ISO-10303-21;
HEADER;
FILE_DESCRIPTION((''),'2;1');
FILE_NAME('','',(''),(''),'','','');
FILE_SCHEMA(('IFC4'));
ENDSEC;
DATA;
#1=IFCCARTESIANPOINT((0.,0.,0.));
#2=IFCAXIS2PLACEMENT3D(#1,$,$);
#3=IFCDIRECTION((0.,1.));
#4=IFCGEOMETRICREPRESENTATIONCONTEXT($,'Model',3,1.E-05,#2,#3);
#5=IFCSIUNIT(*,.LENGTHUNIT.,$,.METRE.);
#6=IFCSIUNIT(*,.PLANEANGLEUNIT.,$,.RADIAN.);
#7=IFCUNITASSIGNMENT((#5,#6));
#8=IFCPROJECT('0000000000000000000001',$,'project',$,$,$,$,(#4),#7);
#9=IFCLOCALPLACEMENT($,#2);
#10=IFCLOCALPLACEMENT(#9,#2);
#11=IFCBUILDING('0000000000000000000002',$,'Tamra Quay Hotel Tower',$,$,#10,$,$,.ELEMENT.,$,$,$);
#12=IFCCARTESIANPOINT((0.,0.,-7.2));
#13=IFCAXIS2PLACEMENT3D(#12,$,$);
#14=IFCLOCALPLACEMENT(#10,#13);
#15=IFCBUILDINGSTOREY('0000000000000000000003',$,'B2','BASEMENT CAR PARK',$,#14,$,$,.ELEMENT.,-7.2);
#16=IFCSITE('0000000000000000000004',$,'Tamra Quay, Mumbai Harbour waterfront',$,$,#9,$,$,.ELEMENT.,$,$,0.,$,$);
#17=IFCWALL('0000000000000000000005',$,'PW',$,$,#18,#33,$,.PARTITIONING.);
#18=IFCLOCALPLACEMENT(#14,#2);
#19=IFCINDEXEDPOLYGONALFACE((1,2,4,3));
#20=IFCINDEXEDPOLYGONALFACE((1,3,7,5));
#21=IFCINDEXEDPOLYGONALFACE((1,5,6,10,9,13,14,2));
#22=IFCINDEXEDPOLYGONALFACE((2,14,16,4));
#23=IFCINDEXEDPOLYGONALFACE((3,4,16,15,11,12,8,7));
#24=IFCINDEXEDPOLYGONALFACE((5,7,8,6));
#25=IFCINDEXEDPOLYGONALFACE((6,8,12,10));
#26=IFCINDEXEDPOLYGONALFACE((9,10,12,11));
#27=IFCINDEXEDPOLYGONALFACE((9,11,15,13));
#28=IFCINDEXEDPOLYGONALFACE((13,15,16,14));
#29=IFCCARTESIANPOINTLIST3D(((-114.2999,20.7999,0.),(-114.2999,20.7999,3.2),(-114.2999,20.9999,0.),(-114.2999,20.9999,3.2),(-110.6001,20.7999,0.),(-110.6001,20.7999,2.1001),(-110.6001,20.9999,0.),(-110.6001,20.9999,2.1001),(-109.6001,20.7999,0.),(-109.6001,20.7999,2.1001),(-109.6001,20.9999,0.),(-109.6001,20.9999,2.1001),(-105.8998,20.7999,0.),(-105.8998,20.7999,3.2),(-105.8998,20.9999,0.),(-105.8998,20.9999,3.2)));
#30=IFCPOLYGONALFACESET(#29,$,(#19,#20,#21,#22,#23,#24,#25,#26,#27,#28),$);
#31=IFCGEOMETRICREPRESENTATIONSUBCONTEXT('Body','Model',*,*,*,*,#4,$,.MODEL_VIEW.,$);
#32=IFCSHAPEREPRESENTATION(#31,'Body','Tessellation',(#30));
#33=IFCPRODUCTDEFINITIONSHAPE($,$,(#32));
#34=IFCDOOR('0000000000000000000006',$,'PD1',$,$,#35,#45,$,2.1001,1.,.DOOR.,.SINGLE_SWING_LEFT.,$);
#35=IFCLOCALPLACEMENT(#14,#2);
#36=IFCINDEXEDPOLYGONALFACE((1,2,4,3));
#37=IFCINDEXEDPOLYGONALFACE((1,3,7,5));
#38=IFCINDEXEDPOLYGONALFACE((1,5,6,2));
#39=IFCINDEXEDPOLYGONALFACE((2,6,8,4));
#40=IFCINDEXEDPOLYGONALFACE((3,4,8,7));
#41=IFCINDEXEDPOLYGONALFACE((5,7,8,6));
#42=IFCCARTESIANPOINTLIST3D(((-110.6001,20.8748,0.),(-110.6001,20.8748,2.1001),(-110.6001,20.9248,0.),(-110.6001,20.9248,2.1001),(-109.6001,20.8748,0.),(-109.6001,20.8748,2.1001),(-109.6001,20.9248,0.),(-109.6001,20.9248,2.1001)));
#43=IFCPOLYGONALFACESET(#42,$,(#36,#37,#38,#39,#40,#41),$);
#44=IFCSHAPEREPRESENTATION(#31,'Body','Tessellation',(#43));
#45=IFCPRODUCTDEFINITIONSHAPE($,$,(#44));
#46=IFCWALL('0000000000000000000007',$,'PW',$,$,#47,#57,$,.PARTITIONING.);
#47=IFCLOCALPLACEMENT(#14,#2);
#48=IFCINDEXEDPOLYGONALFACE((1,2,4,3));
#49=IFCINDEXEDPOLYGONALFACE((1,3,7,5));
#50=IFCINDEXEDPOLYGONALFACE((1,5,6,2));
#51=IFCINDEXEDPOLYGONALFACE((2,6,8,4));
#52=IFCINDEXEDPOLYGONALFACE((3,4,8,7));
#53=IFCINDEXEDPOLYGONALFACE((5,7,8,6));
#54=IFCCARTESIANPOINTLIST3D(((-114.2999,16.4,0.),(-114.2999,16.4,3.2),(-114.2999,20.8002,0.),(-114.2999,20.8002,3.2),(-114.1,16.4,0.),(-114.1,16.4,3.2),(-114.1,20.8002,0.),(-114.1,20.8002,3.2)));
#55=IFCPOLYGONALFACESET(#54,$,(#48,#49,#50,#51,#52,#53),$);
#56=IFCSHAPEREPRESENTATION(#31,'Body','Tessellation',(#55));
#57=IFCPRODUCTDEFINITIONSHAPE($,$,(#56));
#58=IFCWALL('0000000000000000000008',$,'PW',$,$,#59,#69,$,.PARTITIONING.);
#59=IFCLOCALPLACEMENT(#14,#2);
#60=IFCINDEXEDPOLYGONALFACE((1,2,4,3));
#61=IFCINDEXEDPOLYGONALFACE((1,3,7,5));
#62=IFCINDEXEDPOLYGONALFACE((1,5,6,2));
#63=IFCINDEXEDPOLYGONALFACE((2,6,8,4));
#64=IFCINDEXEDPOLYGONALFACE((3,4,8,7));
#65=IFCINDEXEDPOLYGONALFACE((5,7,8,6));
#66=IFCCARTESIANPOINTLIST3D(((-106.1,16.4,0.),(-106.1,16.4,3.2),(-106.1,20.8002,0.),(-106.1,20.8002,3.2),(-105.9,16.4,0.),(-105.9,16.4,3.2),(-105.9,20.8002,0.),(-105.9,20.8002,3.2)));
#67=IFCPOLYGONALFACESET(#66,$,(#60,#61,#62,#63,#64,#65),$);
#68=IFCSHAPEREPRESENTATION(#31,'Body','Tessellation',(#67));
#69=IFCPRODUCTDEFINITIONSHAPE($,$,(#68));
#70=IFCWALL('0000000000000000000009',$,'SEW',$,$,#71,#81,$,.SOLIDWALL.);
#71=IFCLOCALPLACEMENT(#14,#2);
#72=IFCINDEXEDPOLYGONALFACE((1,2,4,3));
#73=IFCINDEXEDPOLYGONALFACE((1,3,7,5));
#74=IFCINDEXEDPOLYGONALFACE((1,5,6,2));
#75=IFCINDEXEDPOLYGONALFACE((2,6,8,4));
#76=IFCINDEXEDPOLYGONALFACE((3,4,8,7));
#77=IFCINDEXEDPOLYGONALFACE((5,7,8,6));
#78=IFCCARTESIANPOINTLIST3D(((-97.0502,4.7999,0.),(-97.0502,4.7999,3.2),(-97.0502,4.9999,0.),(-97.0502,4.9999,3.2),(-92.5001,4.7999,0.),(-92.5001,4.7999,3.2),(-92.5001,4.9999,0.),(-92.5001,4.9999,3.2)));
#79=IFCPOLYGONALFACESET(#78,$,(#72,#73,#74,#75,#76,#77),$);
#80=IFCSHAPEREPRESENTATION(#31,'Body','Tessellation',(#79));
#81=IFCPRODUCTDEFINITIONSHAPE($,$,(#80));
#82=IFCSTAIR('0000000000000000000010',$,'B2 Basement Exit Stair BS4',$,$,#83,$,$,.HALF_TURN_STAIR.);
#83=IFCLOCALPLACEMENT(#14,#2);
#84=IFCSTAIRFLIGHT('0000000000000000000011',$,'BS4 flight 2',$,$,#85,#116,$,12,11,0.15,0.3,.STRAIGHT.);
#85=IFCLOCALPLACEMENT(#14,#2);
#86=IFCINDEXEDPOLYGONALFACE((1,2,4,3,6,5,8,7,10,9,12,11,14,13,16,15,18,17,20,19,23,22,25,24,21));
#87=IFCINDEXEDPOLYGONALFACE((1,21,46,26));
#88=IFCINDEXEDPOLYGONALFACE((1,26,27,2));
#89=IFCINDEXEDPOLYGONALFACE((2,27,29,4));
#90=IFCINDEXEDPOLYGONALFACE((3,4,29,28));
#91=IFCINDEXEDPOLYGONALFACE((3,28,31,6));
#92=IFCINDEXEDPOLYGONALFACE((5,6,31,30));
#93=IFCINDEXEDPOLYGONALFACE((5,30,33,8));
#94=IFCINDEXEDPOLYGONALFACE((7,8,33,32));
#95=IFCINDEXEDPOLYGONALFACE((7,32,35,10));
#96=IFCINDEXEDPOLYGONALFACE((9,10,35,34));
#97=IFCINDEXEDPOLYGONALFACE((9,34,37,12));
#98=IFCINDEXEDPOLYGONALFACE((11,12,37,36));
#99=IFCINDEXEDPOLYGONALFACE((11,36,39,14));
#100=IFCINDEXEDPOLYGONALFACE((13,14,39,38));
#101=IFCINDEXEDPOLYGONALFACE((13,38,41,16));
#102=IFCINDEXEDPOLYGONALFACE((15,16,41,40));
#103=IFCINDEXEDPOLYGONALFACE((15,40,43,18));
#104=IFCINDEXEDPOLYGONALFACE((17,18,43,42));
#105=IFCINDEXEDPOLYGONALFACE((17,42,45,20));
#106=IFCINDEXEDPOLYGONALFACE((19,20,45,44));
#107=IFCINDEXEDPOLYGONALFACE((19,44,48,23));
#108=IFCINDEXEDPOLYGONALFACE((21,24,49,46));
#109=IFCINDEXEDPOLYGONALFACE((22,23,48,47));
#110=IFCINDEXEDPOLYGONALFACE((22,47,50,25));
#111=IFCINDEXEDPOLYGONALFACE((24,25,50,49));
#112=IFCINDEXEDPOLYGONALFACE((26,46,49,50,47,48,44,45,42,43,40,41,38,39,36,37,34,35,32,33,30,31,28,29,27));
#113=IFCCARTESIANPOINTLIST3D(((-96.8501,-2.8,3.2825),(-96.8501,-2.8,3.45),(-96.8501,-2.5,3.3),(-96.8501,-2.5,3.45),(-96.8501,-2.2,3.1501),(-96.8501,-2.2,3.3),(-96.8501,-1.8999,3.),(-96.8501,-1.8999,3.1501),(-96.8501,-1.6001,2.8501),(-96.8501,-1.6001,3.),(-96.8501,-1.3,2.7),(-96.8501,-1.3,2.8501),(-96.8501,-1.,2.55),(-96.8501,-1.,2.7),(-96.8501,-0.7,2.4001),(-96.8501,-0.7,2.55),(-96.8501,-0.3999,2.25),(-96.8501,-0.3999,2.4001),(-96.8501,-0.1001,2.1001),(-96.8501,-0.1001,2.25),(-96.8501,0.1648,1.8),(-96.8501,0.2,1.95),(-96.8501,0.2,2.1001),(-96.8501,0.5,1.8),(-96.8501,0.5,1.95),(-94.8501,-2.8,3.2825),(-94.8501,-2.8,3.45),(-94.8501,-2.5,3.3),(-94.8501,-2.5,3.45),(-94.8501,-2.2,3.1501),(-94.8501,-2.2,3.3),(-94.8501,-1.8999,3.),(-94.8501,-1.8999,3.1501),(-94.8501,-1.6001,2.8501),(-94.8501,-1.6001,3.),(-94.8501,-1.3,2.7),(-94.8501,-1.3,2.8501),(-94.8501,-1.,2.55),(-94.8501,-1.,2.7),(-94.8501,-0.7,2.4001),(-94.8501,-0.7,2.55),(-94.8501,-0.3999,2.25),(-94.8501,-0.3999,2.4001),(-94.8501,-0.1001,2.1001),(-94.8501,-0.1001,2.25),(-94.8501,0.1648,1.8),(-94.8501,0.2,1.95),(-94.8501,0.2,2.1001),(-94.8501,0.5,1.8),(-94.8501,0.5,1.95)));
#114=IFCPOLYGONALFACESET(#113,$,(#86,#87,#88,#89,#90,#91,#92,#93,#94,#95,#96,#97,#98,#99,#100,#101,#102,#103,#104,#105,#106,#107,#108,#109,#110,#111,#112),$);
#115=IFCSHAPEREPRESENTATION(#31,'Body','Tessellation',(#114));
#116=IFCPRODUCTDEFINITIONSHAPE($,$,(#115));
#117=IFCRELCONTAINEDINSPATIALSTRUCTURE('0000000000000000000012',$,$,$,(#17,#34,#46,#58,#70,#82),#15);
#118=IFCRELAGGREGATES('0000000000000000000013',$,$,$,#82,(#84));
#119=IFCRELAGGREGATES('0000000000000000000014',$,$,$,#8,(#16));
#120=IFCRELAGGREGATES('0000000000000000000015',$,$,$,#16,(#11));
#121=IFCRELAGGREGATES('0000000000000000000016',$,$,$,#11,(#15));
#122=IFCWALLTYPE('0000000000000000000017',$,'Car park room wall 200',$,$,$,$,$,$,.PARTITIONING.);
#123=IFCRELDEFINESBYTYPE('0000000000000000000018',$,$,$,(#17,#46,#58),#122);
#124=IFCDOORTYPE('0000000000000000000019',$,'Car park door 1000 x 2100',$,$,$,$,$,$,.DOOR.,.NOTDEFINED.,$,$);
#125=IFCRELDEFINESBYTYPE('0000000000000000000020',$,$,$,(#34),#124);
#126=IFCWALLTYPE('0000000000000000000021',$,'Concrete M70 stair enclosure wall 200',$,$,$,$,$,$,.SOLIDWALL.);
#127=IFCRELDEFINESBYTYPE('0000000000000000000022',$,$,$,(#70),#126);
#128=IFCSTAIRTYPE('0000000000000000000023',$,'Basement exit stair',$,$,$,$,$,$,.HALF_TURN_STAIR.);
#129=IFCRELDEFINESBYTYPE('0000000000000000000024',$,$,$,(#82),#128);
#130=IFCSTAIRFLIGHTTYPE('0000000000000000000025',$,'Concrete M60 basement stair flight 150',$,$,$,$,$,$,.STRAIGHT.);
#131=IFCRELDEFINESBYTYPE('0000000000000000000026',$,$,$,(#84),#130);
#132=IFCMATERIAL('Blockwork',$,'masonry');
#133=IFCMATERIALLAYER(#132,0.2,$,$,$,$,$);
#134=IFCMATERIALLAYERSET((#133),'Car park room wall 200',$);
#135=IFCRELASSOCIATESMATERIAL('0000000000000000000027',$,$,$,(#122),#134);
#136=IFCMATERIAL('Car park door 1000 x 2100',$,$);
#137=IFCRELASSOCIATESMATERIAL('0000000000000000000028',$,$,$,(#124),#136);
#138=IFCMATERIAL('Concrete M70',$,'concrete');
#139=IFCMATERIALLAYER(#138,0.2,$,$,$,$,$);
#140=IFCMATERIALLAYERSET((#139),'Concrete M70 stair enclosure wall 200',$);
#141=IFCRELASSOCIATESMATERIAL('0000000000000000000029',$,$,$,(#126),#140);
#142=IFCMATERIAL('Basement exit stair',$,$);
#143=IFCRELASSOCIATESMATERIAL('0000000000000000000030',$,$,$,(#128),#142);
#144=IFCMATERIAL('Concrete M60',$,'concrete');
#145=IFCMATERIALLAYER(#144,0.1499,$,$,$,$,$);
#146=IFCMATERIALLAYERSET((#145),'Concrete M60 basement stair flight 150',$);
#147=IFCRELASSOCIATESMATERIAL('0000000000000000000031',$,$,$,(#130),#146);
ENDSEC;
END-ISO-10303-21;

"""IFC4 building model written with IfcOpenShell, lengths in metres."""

from ifc_helpers import new_model, si_unit, direction, frame, frame_2d, origin, place, context, subcontext, project, spatial, polyline, rectangle, outline, extrude, material, layer, layer_set, type_object, element, fill, aggregate, save


model = new_model("IFC4")

# Units and contexts
model_context = context("Model", 3, precision=1e-05, world=origin(), true_north=direction((0.0, 1.0)))
body_context = subcontext(model_context, "Body", "Model", "MODEL_VIEW")
ifc_project = project(units=[si_unit("LENGTHUNIT", "METRE"), si_unit("PLANEANGLEUNIT", "RADIAN")], contexts=[model_context])

# Site, building, storey
site_placement = place(None, origin())
site = spatial("IfcSite", under=ifc_project, at=site_placement, Name="Tamra Quay, Mumbai Harbour waterfront", CompositionType="ELEMENT", RefElevation=0.0)
building_placement = place(site_placement, origin())
building = spatial("IfcBuilding", under=site, at=building_placement, Name="Tamra Quay Hotel Tower", CompositionType="ELEMENT")
storey_placement = place(building_placement, frame((0.0, 0.0, -7.2)))
storey = spatial("IfcBuildingStorey", under=building, at=storey_placement, Name="B2", Description="BASEMENT CAR PARK", CompositionType="ELEMENT", Elevation=-7.2)

# Shared definitions
ifc_material_1 = material(Name="Concrete M70", Category="concrete")

# Shared definitions
ifc_material_2 = material(Name="Blockwork", Category="masonry")
ifc_layer_1 = layer(ifc_material_2, 0.2)
ifc_layer_set_1 = layer_set([ifc_layer_1], Name="Car park room wall 200")
wall_type_1 = type_object("IfcWallType", Name="Car park room wall 200", PredefinedType="PARTITIONING", material=ifc_layer_set_1)

# Wall, opening, door
wall_1_placement = place(storey_placement, frame((-114.3, 20.8999, 0.0), z_axis=(0.0, 0.0, 1.0), x_axis=(1.0, 0.0, 0.0)))
wall_1 = element("IfcWall", 1, at=wall_1_placement, inside=storey, type_object=wall_type_1, Name="PW", PredefinedType="PARTITIONING", context=body_context, shape_type="SweptSolid", body=[
    extrude(rectangle(XDim=8.4001, YDim=0.2, at=frame_2d((4.2002, 0.0))), origin(), (0.0, 0.0, 1.0), 3.2),
])
opening_placement = place(wall_1_placement, frame((3.7, 0.0, 0.0)))
opening = element("IfcOpeningElement", 2, at=opening_placement, cuts=wall_1, PredefinedType="OPENING", context=body_context, shape_type="SweptSolid", body=[
    extrude(rectangle(XDim=1.0, YDim=2.1001, at=frame_2d((0.5, 1.05))), frame((0.0, 0.1099, 0.0), z_axis=(0.0, -1.0, 0.0), x_axis=(1.0, 0.0, 0.0)), (0.0, 0.0, 1.0), 0.22),
])
ifc_material_3 = material(Name="Car park door 1000 x 2100")
door_type = type_object("IfcDoorType", Name="Car park door 1000 x 2100", OperationType="NOTDEFINED", PredefinedType="DOOR", material=ifc_material_3)
door_placement = place(opening_placement, origin())
door = element("IfcDoor", 3, at=door_placement, inside=storey, type_object=door_type, Name="PD1", OperationType="SINGLE_SWING_LEFT", OverallHeight=2.1001, OverallWidth=1.0, PredefinedType="DOOR", context=body_context, shape_type="SweptSolid", body=[
    extrude(rectangle(XDim=1.0, YDim=2.1001, at=frame_2d((0.5, 1.05))), frame((0.0, 0.0249, 0.0), z_axis=(0.0, -1.0, 0.0), x_axis=(1.0, 0.0, 0.0)), (0.0, 0.0, 1.0), 0.05),
])
fill(opening, door)

# Walls
for number, where, z_axis, x_axis, name in (
    (4, (-114.2, 16.3999, 0.0), (0.0, 0.0, 1.0), (0.0, 1.0, 0.0), "PW"),
    (5, (-106.0, 16.3999, 0.0), (0.0, 0.0, 1.0), (0.0, 1.0, 0.0), "PW"),
):
    element("IfcWall", number, at=place(storey_placement, frame(where, z_axis=z_axis, x_axis=x_axis)), inside=storey, type_object=wall_type_1, Name=name, PredefinedType="PARTITIONING", context=body_context, shape_type="SweptSolid", body=[
        extrude(rectangle(XDim=4.4001, YDim=0.2, at=frame_2d((2.2002, 0.0))), origin(), (0.0, 0.0, 1.0), 3.2),
    ])
ifc_layer_2 = layer(ifc_material_1, 0.2)
ifc_layer_set_2 = layer_set([ifc_layer_2], Name="Concrete M70 stair enclosure wall 200")
wall_type_2 = type_object("IfcWallType", Name="Concrete M70 stair enclosure wall 200", PredefinedType="SOLIDWALL", material=ifc_layer_set_2)
wall_2_placement = place(storey_placement, frame((-97.05, 4.8999, 0.0), z_axis=(0.0, 0.0, 1.0), x_axis=(1.0, 0.0, 0.0)))
element("IfcWall", 6, at=wall_2_placement, inside=storey, type_object=wall_type_2, Name="SEW", PredefinedType="SOLIDWALL", context=body_context, shape_type="SweptSolid", body=[
    extrude(rectangle(XDim=4.55, YDim=0.2, at=frame_2d((2.2749, 0.0))), origin(), (0.0, 0.0, 1.0), 3.2),
])

# Stair, stair flight
ifc_material_4 = material(Name="Basement exit stair")
stair_type = type_object("IfcStairType", Name="Basement exit stair", PredefinedType="HALF_TURN_STAIR", material=ifc_material_4)
stair_placement = place(storey_placement, origin())
stair = element("IfcStair", 7, at=stair_placement, inside=storey, type_object=stair_type, Name="B2 Basement Exit Stair BS4", PredefinedType="HALF_TURN_STAIR")
ifc_material_5 = material(Name="Concrete M60", Category="concrete")
ifc_layer_3 = layer(ifc_material_5, 0.1499)
ifc_layer_set_3 = layer_set([ifc_layer_3], Name="Concrete M60 basement stair flight 150")
stair_flight_type = type_object("IfcStairFlightType", Name="Concrete M60 basement stair flight 150", PredefinedType="STRAIGHT", material=ifc_layer_set_3)
stair_flight_placement = place(storey_placement, frame((-95.8501, 0.5, 1.8), z_axis=(0.0, 0.0, 1.0), x_axis=(0.0, -1.0, 0.0)))
stair_flight = element("IfcStairFlight", 8, at=stair_flight_placement, type_object=stair_flight_type, Name="BS4 flight 2", NumberOfRisers=12, NumberOfTreads=11, PredefinedType="STRAIGHT", RiserHeight=0.15, TreadLength=0.3, context=body_context, shape_type="SweptSolid", body=[
    extrude(outline(polyline([(0.0, 0.0), (0.0, 0.1499), (0.3, 0.1499), (0.3, 0.3), (0.6001, 0.3), (0.6001, 0.45), (0.8999, 0.45), (0.8999, 0.6001), (1.2, 0.6001), (1.2, 0.75), (1.5, 0.75), (1.5, 0.8999), (1.8, 0.8999), (1.8, 1.05), (2.1001, 1.05), (2.1001, 1.2), (2.3999, 1.2), (2.3999, 1.3501), (2.7, 1.3501), (2.7, 1.5), (3.0, 1.5), (3.0, 1.6499), (3.3, 1.6499), (3.3, 1.8), (3.3, 1.4824), (0.3352, 0.0), (0.0, 0.0)])), frame((0.0, 1.0, 0.0), z_axis=(0.0, -1.0, 0.0), x_axis=(1.0, 0.0, 0.0)), (0.0, 0.0, 1.0), 2.0),
])
aggregate(stair, [stair_flight])

save(model, "model.ifc")
